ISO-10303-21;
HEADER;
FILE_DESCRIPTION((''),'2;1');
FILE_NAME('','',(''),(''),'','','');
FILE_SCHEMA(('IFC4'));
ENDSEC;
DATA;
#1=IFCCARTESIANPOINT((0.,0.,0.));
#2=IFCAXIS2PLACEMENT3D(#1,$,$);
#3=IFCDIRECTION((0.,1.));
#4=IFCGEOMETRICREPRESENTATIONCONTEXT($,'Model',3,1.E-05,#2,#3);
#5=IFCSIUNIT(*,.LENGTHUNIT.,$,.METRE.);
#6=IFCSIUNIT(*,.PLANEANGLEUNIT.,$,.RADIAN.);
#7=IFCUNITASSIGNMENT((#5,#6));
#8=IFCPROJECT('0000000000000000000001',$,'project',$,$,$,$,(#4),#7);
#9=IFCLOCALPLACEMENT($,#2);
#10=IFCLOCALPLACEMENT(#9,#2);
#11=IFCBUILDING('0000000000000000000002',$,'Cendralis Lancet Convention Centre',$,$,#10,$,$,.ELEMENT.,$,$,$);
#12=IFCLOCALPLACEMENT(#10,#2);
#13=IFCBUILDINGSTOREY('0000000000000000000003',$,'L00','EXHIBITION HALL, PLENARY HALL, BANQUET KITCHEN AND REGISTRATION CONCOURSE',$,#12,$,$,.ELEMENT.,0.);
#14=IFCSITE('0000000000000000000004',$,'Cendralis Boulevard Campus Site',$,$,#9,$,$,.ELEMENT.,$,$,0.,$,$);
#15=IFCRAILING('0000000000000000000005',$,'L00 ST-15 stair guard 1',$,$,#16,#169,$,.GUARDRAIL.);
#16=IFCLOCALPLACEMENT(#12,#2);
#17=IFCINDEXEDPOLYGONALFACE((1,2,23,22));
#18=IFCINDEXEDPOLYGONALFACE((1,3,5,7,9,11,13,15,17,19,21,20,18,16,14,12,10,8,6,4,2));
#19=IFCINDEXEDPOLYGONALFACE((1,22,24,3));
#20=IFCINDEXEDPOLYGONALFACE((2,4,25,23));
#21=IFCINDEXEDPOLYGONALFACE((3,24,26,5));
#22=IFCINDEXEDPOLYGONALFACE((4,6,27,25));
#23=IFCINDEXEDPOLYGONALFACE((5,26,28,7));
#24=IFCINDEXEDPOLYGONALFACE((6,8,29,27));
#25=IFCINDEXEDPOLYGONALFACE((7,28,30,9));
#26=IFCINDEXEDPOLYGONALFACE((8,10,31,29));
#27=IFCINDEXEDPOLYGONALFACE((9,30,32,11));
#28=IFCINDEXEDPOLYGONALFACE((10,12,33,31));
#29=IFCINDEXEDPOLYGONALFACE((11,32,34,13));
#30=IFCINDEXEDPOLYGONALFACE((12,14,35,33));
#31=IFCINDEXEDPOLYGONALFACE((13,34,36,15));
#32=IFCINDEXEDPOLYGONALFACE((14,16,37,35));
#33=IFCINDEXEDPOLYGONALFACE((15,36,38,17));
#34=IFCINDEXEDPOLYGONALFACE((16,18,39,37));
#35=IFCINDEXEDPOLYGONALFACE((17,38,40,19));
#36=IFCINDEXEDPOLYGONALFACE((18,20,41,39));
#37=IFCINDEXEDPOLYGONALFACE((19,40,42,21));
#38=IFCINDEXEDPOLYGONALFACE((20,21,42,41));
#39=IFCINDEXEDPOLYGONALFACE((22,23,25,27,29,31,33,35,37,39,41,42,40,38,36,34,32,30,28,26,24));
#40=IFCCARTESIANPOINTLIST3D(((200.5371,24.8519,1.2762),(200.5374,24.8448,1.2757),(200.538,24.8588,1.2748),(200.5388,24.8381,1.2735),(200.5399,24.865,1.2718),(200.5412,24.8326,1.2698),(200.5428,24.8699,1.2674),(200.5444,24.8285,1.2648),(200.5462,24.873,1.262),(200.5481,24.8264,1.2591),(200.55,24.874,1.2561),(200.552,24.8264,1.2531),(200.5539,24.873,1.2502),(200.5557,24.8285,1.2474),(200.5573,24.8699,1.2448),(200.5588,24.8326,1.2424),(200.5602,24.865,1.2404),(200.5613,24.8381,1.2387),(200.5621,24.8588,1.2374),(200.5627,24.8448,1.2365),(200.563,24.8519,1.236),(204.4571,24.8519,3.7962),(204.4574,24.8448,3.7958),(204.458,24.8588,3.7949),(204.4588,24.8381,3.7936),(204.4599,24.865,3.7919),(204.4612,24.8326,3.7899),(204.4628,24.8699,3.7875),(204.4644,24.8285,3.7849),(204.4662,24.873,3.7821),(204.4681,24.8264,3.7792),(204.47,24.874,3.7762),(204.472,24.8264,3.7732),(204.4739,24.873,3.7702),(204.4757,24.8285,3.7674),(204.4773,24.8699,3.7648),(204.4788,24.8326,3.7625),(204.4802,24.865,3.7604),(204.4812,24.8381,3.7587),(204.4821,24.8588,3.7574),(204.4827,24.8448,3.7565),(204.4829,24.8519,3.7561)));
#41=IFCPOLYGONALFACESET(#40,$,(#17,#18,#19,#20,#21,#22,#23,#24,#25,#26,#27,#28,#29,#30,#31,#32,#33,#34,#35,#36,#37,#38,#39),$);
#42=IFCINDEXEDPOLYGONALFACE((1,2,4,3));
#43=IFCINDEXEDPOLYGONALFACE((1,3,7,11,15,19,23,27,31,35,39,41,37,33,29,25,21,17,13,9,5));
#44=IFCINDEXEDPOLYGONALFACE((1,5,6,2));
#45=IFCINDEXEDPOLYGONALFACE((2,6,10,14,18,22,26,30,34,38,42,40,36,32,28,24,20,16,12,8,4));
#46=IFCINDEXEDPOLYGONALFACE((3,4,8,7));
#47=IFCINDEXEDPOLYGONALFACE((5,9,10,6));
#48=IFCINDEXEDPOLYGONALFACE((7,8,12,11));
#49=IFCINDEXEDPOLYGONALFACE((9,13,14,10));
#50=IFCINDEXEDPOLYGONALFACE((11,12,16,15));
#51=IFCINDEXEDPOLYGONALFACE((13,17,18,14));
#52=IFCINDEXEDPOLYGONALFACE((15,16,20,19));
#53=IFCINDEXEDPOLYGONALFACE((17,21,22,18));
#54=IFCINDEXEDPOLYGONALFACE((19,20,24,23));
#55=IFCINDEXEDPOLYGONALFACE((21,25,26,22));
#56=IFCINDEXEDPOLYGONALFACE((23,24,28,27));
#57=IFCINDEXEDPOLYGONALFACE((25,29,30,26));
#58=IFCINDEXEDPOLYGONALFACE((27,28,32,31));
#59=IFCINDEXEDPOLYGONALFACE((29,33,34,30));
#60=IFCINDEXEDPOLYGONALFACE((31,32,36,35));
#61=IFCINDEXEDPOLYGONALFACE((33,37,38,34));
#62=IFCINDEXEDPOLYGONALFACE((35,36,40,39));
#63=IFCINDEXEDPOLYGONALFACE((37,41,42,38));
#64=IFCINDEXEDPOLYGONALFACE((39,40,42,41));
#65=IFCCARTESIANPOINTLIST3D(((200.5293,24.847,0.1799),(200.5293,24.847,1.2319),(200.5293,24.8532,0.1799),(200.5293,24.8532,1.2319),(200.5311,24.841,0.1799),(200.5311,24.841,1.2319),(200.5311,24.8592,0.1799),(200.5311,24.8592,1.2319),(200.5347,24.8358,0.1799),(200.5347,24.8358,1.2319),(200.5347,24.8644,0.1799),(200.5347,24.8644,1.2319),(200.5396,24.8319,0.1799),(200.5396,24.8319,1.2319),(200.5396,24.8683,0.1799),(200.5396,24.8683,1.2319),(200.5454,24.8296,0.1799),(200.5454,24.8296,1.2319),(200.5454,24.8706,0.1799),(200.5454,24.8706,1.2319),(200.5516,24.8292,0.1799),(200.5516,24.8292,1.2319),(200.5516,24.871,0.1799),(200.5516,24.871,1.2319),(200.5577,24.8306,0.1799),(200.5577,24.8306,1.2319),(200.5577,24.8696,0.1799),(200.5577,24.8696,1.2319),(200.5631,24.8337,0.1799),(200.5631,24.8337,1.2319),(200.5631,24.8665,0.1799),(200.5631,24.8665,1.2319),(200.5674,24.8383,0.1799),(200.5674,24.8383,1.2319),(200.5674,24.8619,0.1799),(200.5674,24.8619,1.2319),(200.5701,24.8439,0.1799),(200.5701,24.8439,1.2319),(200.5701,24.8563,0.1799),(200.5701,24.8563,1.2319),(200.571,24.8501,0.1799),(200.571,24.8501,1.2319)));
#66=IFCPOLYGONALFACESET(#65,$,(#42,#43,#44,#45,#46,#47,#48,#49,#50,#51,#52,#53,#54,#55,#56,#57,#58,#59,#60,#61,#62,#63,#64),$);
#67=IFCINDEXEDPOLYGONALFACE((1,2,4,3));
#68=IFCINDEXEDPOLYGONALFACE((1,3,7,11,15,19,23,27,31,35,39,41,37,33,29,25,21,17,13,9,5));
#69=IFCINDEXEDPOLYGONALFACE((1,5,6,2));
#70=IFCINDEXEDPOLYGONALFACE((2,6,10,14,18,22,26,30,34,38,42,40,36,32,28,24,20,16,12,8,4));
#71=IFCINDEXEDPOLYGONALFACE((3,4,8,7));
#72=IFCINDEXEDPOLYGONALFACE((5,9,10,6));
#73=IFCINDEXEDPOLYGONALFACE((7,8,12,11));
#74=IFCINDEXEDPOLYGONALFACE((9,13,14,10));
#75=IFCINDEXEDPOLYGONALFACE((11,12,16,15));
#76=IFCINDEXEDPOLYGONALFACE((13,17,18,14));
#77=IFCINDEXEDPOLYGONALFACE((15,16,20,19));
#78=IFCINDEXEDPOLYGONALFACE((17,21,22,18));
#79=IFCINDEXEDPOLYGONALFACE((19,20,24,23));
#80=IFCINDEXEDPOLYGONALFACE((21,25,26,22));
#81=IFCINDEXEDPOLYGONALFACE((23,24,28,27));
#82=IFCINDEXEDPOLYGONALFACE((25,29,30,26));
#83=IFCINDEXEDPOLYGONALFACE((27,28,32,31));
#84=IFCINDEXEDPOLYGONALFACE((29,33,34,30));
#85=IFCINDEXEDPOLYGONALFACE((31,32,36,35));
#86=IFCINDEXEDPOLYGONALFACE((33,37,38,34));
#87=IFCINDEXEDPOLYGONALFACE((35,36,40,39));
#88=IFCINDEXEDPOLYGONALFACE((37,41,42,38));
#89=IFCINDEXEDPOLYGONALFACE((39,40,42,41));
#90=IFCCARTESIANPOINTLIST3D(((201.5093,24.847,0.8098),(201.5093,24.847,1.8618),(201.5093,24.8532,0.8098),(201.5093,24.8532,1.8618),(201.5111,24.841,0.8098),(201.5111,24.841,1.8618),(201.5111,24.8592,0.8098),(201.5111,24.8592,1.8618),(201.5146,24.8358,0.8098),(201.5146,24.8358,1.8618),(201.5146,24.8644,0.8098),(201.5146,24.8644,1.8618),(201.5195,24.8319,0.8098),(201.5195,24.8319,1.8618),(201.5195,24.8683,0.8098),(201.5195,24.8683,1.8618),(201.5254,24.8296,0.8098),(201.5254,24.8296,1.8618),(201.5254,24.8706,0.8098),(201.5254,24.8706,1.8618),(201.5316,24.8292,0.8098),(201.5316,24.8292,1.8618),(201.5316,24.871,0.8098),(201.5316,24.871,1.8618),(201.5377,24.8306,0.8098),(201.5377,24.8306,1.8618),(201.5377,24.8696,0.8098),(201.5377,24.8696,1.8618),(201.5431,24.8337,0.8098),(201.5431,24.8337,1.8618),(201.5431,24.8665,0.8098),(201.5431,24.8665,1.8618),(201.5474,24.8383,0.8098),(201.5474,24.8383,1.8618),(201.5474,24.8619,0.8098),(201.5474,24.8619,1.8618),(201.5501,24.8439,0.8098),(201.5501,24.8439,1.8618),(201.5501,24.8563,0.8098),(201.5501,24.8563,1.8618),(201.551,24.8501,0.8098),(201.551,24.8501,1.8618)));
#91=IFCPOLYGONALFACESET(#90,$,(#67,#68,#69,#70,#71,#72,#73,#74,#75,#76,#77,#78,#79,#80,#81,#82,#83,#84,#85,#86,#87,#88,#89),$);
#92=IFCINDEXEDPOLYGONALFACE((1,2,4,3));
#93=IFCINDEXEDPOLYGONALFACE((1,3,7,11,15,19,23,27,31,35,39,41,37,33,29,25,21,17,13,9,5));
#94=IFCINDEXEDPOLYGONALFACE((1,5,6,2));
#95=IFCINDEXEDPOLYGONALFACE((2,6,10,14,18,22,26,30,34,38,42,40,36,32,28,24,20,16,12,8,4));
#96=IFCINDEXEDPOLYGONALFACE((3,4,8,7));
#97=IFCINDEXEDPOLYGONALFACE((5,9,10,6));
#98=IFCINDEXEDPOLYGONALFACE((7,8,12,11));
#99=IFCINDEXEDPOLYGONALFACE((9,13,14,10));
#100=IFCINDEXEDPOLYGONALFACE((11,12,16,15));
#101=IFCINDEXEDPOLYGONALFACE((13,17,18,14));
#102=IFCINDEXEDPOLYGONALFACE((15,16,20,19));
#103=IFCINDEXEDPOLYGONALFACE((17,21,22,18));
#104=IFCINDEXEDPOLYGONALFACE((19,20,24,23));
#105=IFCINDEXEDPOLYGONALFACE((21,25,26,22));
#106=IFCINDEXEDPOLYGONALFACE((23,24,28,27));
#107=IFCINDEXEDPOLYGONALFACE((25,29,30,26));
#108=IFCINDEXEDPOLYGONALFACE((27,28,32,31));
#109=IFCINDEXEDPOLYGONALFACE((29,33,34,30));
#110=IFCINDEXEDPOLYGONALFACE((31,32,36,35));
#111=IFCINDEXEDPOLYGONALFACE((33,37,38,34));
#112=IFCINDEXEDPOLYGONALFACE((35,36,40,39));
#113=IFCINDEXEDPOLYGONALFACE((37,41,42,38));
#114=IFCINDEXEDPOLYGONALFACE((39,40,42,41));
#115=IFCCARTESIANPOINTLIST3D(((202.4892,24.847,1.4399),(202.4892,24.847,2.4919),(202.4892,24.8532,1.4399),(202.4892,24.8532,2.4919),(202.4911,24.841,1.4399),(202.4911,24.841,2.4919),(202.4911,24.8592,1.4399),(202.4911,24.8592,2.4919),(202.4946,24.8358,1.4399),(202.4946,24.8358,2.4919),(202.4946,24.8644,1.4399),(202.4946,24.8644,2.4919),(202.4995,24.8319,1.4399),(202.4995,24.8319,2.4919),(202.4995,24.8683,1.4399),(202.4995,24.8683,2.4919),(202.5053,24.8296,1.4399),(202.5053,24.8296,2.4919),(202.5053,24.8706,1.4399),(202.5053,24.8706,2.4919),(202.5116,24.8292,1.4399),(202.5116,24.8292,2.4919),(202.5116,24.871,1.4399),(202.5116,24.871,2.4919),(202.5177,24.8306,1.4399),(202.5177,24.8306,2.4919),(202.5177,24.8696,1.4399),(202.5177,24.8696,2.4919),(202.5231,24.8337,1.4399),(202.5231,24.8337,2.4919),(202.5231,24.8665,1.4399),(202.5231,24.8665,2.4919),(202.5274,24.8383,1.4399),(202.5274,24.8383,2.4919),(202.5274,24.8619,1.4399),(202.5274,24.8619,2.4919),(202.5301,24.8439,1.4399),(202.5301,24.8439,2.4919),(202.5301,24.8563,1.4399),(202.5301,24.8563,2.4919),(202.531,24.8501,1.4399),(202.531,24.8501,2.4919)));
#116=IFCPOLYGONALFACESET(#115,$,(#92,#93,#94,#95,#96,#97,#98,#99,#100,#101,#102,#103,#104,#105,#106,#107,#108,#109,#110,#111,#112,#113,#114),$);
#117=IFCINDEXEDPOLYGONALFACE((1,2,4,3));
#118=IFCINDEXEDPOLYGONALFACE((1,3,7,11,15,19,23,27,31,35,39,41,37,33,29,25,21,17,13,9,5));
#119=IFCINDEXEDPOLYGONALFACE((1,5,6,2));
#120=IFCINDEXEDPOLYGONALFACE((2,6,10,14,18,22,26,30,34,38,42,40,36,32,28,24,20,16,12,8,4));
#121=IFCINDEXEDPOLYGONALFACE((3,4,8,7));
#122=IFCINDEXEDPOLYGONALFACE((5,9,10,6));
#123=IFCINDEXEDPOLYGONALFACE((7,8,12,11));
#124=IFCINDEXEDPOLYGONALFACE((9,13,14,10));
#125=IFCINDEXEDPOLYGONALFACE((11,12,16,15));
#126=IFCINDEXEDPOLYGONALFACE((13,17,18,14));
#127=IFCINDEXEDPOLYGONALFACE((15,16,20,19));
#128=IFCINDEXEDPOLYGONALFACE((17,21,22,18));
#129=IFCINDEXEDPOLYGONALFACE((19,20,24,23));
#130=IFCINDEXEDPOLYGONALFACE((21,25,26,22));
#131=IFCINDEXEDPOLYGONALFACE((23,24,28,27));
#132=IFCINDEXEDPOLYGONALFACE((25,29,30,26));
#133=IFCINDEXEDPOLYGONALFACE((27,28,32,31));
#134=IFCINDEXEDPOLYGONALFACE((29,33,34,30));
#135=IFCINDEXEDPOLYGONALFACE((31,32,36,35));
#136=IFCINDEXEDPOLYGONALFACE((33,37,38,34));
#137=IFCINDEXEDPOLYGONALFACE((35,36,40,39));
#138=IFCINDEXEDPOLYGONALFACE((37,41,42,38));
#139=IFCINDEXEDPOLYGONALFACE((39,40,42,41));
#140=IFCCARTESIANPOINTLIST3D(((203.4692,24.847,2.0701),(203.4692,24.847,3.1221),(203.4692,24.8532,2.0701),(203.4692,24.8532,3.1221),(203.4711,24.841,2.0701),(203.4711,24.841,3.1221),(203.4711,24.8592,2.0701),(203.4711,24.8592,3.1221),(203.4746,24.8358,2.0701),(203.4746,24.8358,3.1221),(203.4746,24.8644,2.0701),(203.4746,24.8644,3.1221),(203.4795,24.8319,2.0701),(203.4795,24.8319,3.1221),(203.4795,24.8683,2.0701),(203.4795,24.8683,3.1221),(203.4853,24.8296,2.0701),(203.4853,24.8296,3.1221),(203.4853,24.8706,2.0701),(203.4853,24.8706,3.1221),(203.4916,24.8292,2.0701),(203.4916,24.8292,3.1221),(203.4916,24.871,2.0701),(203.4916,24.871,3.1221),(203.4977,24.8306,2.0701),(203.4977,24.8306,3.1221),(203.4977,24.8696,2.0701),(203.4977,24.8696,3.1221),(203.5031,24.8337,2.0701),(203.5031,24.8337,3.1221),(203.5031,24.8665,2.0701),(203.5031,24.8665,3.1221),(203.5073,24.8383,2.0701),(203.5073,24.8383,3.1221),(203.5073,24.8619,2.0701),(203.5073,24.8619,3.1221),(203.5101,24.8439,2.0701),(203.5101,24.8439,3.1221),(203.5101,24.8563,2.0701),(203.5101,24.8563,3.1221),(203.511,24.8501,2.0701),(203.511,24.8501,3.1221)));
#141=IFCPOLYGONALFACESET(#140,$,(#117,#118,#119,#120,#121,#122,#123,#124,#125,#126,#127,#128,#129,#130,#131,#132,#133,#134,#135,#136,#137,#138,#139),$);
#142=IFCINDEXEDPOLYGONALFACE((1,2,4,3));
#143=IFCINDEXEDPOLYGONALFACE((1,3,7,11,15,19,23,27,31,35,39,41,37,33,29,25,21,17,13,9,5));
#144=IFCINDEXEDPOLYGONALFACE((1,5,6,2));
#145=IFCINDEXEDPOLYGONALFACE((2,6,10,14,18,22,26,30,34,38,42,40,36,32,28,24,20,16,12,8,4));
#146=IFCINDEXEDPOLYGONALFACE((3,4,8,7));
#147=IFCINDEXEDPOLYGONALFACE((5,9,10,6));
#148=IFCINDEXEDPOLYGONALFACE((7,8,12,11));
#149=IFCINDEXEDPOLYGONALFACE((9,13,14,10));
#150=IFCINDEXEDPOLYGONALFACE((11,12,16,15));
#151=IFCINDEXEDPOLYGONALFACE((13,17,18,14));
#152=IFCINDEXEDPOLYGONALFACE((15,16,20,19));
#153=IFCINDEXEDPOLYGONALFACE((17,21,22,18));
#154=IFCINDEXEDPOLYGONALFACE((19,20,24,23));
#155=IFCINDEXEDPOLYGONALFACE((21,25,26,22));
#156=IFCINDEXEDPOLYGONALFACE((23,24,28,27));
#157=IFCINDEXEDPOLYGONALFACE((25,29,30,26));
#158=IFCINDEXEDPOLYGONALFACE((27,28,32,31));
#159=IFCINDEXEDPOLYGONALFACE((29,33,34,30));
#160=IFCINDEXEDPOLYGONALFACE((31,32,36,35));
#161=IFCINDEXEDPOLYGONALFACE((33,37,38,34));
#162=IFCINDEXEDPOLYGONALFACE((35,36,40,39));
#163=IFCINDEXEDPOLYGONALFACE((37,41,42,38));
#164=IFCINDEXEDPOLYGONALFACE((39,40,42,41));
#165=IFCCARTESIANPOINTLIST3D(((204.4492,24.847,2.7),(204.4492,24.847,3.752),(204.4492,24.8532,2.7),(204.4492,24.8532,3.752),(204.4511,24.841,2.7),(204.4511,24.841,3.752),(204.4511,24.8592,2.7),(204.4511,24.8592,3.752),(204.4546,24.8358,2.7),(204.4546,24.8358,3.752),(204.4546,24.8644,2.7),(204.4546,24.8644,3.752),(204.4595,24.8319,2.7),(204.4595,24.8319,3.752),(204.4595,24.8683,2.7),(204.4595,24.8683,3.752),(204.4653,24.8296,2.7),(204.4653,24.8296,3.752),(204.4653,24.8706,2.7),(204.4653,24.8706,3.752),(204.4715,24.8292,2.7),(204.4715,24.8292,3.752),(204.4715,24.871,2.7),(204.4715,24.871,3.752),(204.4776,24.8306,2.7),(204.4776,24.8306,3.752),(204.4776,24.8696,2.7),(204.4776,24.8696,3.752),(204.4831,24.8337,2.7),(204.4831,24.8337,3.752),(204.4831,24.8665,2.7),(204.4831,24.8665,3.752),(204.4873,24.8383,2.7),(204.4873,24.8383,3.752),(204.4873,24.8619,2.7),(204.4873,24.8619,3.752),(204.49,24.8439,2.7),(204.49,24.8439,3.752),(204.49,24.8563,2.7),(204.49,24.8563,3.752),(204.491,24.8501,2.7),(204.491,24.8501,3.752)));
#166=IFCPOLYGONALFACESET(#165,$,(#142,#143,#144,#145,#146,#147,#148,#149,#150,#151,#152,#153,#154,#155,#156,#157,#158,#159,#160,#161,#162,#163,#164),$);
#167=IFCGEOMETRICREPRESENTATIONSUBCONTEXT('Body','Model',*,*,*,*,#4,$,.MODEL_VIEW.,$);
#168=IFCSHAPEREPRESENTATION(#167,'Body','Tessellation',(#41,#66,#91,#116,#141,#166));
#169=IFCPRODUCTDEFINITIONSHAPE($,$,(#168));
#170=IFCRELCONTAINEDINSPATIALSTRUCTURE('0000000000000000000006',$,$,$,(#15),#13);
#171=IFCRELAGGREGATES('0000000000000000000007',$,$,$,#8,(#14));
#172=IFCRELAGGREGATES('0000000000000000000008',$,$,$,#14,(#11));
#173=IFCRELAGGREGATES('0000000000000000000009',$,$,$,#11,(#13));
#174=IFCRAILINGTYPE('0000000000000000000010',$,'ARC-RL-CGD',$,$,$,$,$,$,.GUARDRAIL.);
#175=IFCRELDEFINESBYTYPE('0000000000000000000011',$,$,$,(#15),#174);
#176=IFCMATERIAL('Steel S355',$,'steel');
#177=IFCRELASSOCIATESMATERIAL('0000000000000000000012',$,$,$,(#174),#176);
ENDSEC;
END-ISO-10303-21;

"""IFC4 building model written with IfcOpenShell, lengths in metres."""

from ifc_helpers import new_model, si_unit, direction, frame, origin, origin_2d, place, context, subcontext, project, spatial, circle, extrude, material, type_object, element, save


model = new_model("IFC4")

# Units and contexts
model_context = context("Model", 3, precision=1e-05, world=origin(), true_north=direction((0.0, 1.0)))
body_context = subcontext(model_context, "Body", "Model", "MODEL_VIEW")
ifc_project = project(units=[si_unit("LENGTHUNIT", "METRE"), si_unit("PLANEANGLEUNIT", "RADIAN")], contexts=[model_context])

# Site, building, storey
site_placement = place(None, origin())
site = spatial("IfcSite", under=ifc_project, at=site_placement, Name="Cendralis Boulevard Campus Site", CompositionType="ELEMENT", RefElevation=0.0)
building_placement = place(site_placement, origin())
building = spatial("IfcBuilding", under=site, at=building_placement, Name="Cendralis Lancet Convention Centre", CompositionType="ELEMENT")
storey_placement = place(building_placement, origin())
storey = spatial("IfcBuildingStorey", under=building, at=storey_placement, Name="L00", Description="EXHIBITION HALL, PLENARY HALL, BANQUET KITCHEN AND REGISTRATION CONCOURSE", CompositionType="ELEMENT", Elevation=0.0)

# Shared definitions
ifc_material_1 = material(Name="Steel S355", Category="steel")

# Railing
railing_type_1 = type_object("IfcRailingType", Name="ARC-RL-CGD", PredefinedType="GUARDRAIL", material=ifc_material_1)
railing_1_placement = place(storey_placement, frame((200.55, 24.8501, 0.1799)))
element("IfcRailing", 1, at=railing_1_placement, inside=storey, type_object=railing_type_1, Name="L00 ST-15 stair guard 1", PredefinedType="GUARDRAIL", context=body_context, shape_type="SweptSolid", body=[
    extrude(circle(Radius=0.0239, at=origin_2d()), frame((0.0, 0.0, 1.0762), z_axis=(0.841172, 0.0, 0.540768), x_axis=(0.0, 1.0, 0.0)), (0.0, 0.0, 1.0), 4.6602),
    extrude(circle(Radius=0.021, at=origin_2d()), origin(), (0.0, 0.0, 1.0), 1.052),
    extrude(circle(Radius=0.021, at=origin_2d()), frame((0.98, 0.0, 0.6299)), (0.0, 0.0, 1.0), 1.052),
    extrude(circle(Radius=0.021, at=origin_2d()), frame((1.96, 0.0, 1.26)), (0.0, 0.0, 1.0), 1.052),
    extrude(circle(Radius=0.021, at=origin_2d()), frame((2.9399, 0.0, 1.8901)), (0.0, 0.0, 1.0), 1.052),
    extrude(circle(Radius=0.021, at=origin_2d()), frame((3.9199, 0.0, 2.52)), (0.0, 0.0, 1.0), 1.052),
])

save(model, "model.ifc")
